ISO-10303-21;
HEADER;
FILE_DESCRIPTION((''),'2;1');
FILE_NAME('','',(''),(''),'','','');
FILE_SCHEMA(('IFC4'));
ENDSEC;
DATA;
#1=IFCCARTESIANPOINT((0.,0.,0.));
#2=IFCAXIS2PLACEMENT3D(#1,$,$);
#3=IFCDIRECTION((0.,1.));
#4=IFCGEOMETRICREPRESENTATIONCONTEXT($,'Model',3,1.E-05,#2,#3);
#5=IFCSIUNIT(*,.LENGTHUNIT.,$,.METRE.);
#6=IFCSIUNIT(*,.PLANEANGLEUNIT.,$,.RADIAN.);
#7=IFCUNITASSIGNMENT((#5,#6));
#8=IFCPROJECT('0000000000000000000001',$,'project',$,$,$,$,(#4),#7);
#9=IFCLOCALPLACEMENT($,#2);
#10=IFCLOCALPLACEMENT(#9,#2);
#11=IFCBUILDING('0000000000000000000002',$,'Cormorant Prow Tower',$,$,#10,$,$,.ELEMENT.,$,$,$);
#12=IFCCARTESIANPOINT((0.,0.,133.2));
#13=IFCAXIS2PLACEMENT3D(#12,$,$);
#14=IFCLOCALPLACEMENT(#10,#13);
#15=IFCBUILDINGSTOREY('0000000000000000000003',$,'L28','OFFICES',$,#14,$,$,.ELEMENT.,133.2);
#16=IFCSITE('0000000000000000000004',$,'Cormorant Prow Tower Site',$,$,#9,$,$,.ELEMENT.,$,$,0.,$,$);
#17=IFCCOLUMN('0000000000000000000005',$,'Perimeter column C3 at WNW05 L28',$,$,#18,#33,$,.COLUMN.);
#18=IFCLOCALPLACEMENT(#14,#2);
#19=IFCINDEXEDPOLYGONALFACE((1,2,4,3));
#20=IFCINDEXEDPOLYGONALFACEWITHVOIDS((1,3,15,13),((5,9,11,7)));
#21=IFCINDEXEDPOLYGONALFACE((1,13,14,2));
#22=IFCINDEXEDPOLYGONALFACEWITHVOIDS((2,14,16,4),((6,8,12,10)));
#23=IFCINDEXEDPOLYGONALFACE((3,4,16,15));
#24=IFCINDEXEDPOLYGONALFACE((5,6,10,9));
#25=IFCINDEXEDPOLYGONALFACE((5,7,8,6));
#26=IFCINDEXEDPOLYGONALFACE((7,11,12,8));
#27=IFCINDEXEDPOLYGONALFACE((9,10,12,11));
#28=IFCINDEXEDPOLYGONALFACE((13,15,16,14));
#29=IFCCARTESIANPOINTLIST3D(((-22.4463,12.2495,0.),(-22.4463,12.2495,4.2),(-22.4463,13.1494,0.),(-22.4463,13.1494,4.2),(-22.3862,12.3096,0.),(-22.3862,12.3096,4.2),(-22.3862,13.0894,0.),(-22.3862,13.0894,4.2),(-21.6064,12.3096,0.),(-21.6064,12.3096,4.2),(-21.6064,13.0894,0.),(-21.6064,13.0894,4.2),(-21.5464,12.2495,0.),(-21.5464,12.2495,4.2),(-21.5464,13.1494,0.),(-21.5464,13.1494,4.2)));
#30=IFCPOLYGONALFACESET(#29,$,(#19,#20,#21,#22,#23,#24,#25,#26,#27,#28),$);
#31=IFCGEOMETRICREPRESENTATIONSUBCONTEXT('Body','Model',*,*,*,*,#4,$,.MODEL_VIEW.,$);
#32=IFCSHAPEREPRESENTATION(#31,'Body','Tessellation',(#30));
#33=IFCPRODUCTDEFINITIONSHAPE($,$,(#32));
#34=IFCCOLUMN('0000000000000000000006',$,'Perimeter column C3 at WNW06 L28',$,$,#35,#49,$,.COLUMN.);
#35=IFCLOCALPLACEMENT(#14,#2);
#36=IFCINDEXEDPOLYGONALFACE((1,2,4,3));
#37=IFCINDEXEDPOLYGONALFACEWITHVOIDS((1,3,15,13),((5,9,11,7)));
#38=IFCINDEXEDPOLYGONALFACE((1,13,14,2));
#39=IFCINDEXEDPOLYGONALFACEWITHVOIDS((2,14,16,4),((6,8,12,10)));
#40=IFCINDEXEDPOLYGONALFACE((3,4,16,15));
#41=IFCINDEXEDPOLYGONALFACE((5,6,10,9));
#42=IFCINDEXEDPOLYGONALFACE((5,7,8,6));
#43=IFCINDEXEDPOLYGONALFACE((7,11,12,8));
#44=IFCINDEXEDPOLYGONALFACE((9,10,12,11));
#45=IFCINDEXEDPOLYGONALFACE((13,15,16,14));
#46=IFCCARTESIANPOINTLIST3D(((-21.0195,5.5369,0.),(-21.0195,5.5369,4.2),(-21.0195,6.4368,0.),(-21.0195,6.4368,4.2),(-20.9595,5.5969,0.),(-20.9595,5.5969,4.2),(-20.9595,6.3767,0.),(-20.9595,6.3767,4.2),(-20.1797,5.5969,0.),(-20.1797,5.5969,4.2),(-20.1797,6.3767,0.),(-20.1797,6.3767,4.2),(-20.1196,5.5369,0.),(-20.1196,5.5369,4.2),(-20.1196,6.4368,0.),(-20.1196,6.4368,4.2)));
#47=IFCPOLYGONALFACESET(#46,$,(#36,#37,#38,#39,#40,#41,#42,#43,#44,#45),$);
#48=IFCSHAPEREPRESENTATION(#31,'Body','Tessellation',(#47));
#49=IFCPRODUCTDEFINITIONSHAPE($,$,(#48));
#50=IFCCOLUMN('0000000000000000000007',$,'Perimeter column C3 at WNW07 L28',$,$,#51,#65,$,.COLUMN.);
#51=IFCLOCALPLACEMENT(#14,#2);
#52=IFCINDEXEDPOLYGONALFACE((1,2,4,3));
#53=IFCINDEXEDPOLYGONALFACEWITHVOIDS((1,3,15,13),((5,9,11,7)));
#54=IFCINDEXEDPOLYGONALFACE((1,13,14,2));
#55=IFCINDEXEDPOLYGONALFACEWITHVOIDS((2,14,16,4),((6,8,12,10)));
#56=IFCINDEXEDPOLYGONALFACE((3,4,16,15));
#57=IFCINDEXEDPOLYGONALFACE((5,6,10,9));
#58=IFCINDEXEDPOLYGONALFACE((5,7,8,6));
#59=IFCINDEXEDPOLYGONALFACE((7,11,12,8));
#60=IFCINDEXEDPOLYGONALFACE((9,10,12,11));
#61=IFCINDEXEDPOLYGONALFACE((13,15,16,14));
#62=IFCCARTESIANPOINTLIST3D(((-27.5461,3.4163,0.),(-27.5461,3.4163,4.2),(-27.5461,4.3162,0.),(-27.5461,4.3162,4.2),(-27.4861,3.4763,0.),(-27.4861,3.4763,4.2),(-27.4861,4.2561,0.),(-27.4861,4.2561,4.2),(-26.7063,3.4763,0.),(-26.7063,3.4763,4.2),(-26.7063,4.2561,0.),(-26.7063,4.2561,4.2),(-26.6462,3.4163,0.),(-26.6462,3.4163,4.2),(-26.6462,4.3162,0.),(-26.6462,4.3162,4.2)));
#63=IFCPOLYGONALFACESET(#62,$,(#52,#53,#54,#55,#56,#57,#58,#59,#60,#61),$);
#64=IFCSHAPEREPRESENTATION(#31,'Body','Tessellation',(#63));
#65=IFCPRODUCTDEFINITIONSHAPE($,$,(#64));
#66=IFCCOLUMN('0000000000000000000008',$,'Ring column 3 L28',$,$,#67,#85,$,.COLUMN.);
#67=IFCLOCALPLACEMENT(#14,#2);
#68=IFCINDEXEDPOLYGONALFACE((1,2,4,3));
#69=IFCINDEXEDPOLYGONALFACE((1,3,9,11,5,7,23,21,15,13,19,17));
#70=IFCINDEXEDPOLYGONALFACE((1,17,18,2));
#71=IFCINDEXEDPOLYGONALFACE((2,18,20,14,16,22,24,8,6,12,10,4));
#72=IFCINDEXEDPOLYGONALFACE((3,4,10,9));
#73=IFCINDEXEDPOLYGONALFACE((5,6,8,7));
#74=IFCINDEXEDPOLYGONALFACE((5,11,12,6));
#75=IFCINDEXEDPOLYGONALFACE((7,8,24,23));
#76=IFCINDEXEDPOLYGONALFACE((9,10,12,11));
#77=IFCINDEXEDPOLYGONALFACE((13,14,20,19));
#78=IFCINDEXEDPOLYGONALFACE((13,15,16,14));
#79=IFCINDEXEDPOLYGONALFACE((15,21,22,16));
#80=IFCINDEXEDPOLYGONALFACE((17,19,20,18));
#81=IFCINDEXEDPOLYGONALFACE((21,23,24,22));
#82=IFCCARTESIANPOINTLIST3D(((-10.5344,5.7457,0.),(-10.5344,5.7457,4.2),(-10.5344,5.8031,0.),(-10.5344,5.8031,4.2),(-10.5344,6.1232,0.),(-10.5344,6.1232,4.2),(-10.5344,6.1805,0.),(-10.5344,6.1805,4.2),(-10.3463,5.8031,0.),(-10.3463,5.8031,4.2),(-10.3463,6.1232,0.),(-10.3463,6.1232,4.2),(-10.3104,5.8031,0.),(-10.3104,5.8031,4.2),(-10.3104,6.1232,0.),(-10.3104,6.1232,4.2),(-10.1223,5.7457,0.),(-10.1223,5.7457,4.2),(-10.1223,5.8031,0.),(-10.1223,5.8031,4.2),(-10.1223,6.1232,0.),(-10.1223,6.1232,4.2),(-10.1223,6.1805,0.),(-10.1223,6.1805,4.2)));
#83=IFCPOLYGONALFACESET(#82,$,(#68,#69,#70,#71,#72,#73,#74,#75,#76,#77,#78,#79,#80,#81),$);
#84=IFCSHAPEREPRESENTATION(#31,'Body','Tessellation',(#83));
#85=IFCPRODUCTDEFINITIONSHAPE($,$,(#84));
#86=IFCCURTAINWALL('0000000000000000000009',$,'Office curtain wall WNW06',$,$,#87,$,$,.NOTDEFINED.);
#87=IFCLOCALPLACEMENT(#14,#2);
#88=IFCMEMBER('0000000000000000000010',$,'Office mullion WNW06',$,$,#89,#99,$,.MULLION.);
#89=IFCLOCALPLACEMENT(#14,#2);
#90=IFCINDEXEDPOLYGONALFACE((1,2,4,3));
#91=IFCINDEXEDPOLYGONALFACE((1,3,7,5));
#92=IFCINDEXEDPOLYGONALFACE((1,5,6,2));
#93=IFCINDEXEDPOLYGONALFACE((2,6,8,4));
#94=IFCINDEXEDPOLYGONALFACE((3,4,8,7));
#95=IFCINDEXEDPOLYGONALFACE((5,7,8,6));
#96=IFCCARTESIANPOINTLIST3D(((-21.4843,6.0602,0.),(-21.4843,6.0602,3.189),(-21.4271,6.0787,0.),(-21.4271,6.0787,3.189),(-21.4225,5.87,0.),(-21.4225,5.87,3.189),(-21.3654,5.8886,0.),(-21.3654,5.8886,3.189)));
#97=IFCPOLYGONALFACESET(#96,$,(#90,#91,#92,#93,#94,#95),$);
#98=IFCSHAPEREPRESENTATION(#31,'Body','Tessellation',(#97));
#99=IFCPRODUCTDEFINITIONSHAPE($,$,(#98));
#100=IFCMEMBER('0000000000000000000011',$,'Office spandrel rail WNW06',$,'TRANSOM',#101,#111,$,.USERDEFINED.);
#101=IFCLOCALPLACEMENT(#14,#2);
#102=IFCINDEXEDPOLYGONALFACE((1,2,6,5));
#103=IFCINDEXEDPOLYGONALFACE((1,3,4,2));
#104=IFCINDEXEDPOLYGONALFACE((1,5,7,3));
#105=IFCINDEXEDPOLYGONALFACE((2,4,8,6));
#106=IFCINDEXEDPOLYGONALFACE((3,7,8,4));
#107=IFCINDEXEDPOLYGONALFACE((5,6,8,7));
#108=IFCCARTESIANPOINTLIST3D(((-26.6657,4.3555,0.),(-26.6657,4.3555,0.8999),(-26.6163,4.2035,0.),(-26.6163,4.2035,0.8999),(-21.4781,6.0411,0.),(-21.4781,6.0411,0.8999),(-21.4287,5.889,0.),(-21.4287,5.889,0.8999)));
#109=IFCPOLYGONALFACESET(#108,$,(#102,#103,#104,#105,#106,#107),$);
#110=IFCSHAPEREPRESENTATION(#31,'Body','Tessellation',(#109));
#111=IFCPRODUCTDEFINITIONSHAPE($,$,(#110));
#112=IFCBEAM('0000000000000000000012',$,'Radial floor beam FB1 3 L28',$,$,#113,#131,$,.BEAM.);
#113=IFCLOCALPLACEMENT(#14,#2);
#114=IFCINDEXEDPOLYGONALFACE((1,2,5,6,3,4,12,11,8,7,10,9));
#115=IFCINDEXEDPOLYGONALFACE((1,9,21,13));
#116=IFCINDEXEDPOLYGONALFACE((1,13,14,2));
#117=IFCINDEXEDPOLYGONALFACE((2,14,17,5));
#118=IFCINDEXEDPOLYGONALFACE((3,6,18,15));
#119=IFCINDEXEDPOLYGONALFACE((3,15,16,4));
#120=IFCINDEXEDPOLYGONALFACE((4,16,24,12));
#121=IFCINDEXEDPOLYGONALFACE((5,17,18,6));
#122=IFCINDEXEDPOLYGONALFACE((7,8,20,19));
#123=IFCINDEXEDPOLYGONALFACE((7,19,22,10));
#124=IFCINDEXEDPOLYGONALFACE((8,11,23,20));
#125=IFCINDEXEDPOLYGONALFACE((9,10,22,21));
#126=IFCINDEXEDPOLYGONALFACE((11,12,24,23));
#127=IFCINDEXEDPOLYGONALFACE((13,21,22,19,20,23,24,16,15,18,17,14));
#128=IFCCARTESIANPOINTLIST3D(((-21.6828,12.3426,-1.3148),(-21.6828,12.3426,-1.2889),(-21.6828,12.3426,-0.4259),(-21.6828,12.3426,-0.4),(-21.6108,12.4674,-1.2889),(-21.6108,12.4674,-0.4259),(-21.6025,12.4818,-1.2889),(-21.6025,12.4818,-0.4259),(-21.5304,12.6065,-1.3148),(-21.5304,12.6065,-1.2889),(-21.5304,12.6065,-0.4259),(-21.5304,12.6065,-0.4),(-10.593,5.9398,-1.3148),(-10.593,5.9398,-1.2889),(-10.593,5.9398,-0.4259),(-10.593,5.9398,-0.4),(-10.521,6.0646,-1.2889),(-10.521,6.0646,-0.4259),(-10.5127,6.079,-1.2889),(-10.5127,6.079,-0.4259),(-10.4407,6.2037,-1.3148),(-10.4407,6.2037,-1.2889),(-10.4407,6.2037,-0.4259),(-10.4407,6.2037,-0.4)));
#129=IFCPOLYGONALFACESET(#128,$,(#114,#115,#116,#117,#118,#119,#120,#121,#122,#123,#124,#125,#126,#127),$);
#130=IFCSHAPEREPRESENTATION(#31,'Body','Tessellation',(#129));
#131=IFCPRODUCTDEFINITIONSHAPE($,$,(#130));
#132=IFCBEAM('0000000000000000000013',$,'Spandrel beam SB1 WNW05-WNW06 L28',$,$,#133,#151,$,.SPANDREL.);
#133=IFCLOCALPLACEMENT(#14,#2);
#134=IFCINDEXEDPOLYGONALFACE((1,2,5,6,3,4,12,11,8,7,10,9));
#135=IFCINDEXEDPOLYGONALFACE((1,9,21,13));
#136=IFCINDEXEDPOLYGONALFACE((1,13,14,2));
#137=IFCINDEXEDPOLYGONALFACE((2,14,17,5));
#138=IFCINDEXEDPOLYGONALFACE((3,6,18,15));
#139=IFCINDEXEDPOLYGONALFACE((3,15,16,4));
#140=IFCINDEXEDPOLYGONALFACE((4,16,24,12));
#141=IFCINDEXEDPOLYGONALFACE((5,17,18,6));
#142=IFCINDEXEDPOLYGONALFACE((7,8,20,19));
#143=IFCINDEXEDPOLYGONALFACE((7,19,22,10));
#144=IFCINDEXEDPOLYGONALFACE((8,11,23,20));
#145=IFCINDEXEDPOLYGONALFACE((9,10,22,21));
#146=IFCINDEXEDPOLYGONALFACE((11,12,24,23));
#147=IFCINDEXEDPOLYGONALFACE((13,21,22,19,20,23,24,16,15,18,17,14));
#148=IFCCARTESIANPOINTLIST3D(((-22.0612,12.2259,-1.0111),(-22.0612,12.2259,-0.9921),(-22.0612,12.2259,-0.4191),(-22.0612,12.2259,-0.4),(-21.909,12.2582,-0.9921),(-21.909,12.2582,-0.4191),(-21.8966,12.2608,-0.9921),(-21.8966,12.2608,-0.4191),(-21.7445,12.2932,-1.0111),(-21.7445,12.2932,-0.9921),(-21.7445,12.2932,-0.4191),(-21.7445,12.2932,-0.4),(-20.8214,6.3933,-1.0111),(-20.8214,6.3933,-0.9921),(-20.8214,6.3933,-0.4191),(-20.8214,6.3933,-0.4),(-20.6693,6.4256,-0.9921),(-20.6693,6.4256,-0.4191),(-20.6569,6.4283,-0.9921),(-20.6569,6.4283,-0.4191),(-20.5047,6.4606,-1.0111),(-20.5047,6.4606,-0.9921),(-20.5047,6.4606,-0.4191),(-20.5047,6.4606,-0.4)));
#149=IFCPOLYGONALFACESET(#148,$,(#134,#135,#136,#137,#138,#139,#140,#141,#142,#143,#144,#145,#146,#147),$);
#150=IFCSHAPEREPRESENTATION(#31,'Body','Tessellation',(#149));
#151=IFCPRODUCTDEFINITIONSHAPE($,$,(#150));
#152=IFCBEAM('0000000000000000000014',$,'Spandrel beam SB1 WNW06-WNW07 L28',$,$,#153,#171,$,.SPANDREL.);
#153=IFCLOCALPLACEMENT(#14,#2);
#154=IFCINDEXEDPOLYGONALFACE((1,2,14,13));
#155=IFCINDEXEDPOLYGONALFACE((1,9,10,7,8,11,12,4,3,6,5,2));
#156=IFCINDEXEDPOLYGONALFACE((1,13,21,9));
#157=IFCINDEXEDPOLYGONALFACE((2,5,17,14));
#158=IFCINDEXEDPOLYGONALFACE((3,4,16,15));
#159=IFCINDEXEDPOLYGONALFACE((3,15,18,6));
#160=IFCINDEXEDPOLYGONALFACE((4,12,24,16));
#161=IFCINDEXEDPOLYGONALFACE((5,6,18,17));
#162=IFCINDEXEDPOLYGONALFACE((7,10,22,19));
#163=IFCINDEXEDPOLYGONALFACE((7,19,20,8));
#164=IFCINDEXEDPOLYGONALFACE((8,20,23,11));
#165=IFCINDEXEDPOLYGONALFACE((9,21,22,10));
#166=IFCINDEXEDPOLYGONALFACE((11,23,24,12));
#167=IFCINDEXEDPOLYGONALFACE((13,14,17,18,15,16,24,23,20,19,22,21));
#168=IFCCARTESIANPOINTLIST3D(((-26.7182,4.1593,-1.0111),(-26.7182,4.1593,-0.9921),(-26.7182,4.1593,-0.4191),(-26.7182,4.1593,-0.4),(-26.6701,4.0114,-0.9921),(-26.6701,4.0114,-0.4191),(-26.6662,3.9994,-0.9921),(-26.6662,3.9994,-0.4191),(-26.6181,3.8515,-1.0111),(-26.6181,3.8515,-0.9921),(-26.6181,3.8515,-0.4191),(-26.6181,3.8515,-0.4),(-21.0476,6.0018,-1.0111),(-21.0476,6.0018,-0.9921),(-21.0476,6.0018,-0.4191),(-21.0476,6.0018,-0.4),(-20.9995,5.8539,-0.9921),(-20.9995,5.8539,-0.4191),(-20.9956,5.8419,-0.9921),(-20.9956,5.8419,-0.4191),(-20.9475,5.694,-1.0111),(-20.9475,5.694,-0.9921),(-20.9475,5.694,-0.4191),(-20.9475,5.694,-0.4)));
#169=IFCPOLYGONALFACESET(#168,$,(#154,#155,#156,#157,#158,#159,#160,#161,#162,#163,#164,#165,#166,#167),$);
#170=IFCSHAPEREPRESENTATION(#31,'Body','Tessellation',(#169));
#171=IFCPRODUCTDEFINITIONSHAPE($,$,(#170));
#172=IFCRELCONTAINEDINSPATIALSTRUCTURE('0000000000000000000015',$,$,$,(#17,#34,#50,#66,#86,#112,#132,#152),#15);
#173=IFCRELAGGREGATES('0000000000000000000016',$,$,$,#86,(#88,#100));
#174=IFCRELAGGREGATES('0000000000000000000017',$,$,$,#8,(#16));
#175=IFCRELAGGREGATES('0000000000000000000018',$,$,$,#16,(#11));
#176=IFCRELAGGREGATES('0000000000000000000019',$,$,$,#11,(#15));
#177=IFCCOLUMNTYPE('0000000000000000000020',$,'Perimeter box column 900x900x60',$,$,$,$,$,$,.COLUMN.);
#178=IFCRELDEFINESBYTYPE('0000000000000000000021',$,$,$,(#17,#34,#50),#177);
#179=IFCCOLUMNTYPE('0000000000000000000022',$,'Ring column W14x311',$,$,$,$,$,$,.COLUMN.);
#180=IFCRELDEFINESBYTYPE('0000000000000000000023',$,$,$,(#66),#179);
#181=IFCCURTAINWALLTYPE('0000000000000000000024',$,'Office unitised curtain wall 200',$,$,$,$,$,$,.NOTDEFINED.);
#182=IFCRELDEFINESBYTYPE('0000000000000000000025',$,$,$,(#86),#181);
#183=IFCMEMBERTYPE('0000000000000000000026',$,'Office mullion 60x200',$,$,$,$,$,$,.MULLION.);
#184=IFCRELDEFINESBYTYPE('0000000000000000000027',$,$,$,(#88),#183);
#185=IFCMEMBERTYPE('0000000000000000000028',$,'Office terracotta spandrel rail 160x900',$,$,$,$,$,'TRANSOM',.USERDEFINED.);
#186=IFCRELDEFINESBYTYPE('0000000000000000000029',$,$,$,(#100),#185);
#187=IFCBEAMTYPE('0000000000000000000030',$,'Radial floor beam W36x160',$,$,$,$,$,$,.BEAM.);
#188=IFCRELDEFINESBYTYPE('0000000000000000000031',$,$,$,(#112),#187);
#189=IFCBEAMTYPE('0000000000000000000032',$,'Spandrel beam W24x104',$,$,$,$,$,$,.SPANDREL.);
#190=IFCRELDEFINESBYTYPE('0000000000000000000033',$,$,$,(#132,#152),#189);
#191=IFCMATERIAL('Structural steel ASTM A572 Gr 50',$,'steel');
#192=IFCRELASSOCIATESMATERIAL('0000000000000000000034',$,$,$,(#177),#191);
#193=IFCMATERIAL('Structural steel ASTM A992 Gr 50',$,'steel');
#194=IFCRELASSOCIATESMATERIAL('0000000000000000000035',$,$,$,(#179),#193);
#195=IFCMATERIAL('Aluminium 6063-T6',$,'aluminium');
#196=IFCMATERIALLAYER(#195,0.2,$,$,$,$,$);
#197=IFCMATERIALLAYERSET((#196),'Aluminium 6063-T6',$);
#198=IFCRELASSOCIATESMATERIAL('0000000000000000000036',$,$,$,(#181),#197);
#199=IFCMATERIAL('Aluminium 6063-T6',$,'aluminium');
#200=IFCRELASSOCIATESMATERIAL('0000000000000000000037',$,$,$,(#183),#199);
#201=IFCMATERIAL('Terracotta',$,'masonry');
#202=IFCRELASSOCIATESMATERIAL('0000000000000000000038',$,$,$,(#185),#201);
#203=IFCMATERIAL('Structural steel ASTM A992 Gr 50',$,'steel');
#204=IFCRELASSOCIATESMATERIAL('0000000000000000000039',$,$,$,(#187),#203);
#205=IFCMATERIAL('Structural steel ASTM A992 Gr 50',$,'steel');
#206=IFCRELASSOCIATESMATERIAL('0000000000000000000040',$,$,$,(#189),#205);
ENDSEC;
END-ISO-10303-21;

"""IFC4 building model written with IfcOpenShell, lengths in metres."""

from ifc_helpers import new_model, si_unit, direction, frame, origin, origin_2d, place, context, subcontext, project, spatial, rectangle, hollow_rectangle, i_section, extrude, material, layer, layer_set, material_profile, profile_set, type_object, element, aggregate, save


model = new_model("IFC4")

# Units and contexts
model_context = context("Model", 3, precision=1e-05, world=origin(), true_north=direction((0.0, 1.0)))
body_context = subcontext(model_context, "Body", "Model", "MODEL_VIEW")
ifc_project = project(units=[si_unit("LENGTHUNIT", "METRE"), si_unit("PLANEANGLEUNIT", "RADIAN")], contexts=[model_context])

# Site, building, storey
site_placement = place(None, origin())
site = spatial("IfcSite", under=ifc_project, at=site_placement, Name="Cormorant Prow Tower Site", CompositionType="ELEMENT", RefElevation=0.0)
building_placement = place(site_placement, origin())
building = spatial("IfcBuilding", under=site, at=building_placement, Name="Cormorant Prow Tower", CompositionType="ELEMENT")
storey_placement = place(building_placement, frame((0.0, 0.0, 133.2)))
storey = spatial("IfcBuildingStorey", under=building, at=storey_placement, Name="L28", Description="OFFICES", CompositionType="ELEMENT", Elevation=133.2)

# Columns
ifc_material_1 = material(Name="Structural steel ASTM A572 Gr 50", Category="steel")
ifc_material_profile_1 = material_profile(ifc_material_1, hollow_rectangle(XDim=0.8999, YDim=0.8999, WallThickness=0.0601, at=origin_2d()), Name="Box 900x900x60")
ifc_profile_set_1 = profile_set([ifc_material_profile_1], Name="Structural steel ASTM A572 Gr 50")
column_type_1 = type_object("IfcColumnType", Name="Perimeter box column 900x900x60", PredefinedType="COLUMN", material=ifc_profile_set_1)
for number, where, z_axis, x_axis, name in (
    (1, (-21.9963, 12.6995, 0.0), (0.0, 0.0, 1.0), (1.0, 0.0, 0.0), "Perimeter column C3 at WNW05 L28"),
    (2, (-20.5696, 5.9868, 0.0), (0.0, 0.0, 1.0), (1.0, 0.0, 0.0), "Perimeter column C3 at WNW06 L28"),
    (3, (-27.0962, 3.8662, 0.0), (0.0, 0.0, 1.0), (1.0, 0.0, 0.0), "Perimeter column C3 at WNW07 L28"),
):
    element("IfcColumn", number, at=place(storey_placement, frame(where, z_axis=z_axis, x_axis=x_axis)), inside=storey, type_object=column_type_1, Name=name, PredefinedType="COLUMN", context=body_context, shape_type="SweptSolid", body=[
        extrude(hollow_rectangle(XDim=0.8999, YDim=0.8999, WallThickness=0.0601, at=origin_2d()), origin(), (0.0, 0.0, 1.0), 4.2),
    ])
ifc_material_2 = material(Name="Structural steel ASTM A992 Gr 50", Category="steel")
ifc_material_profile_2 = material_profile(ifc_material_2, i_section(OverallWidth=0.4121, OverallDepth=0.4348, WebThickness=0.0359, FlangeThickness=0.0574, at=origin_2d()), Name="W14x311")
ifc_profile_set_2 = profile_set([ifc_material_profile_2], Name="Structural steel ASTM A992 Gr 50")
column_type_2 = type_object("IfcColumnType", Name="Ring column W14x311", PredefinedType="COLUMN", material=ifc_profile_set_2)
column_placement = place(storey_placement, frame((-10.3284, 5.9631, 0.0), z_axis=(0.0, 0.0, 1.0), x_axis=(1.0, 0.0, 0.0)))
element("IfcColumn", 4, at=column_placement, inside=storey, type_object=column_type_2, Name="Ring column 3 L28", PredefinedType="COLUMN", context=body_context, shape_type="SweptSolid", body=[
    extrude(i_section(OverallWidth=0.4121, OverallDepth=0.4348, WebThickness=0.0359, FlangeThickness=0.0574, at=origin_2d()), origin(), (0.0, 0.0, 1.0), 4.2),
])

# Curtain wall, members
ifc_material_3 = material(Name="Aluminium 6063-T6", Category="aluminium")
ifc_layer_1 = layer(ifc_material_3, 0.2)
ifc_layer_set_1 = layer_set([ifc_layer_1], Name="Aluminium 6063-T6")
curtain_wall_type = type_object("IfcCurtainWallType", Name="Office unitised curtain wall 200", PredefinedType="NOTDEFINED", material=ifc_layer_set_1)
curtain_wall_placement = place(storey_placement, origin())
curtain_wall = element("IfcCurtainWall", 5, at=curtain_wall_placement, inside=storey, type_object=curtain_wall_type, Name="Office curtain wall WNW06", PredefinedType="NOTDEFINED")
ifc_material_4 = material(Name="Aluminium 6063-T6", Category="aluminium")
ifc_material_profile_3 = material_profile(ifc_material_4, rectangle(XDim=0.2, YDim=0.0601, at=origin_2d()), Name="Office mullion 60x200")
ifc_profile_set_3 = profile_set([ifc_material_profile_3], Name="Aluminium 6063-T6")
member_type_1 = type_object("IfcMemberType", Name="Office mullion 60x200", PredefinedType="MULLION", material=ifc_profile_set_3)
member_1_placement = place(storey_placement, frame((-21.4248, 5.9744, 0.0), z_axis=(0.0, 0.0, 1.0), x_axis=(0.309017, -0.951056, 0.0)))
member_1 = element("IfcMember", 6, at=member_1_placement, type_object=member_type_1, Name="Office mullion WNW06", PredefinedType="MULLION", context=body_context, shape_type="SweptSolid", body=[
    extrude(rectangle(XDim=0.2, YDim=0.0601, at=origin_2d()), origin(), (0.0, 0.0, 1.0), 3.189),
])
ifc_material_5 = material(Name="Terracotta", Category="masonry")
ifc_material_profile_4 = material_profile(ifc_material_5, rectangle(XDim=0.1599, YDim=0.8999, at=origin_2d()), Name="Office terracotta spandrel rail 160x900")
ifc_profile_set_4 = profile_set([ifc_material_profile_4], Name="Terracotta")
member_type_2 = type_object("IfcMemberType", Name="Office terracotta spandrel rail 160x900", ElementType="TRANSOM", PredefinedType="USERDEFINED", material=ifc_profile_set_4)
member_2_placement = place(storey_placement, frame((-21.4534, 5.9651, 0.45), z_axis=(-0.951055, -0.309021, 0.0), x_axis=(0.309021, -0.951055, 0.0)))
member_2 = element("IfcMember", 7, at=member_2_placement, type_object=member_type_2, Name="Office spandrel rail WNW06", ObjectType="TRANSOM", PredefinedType="USERDEFINED", context=body_context, shape_type="SweptSolid", body=[
    extrude(rectangle(XDim=0.1599, YDim=0.8999, at=origin_2d()), origin(), (0.0, 0.0, 1.0), 5.4546),
])

# Beams
ifc_material_6 = material(Name="Structural steel ASTM A992 Gr 50", Category="steel")
ifc_material_profile_5 = material_profile(ifc_material_6, i_section(OverallWidth=0.3047, OverallDepth=0.9148, WebThickness=0.0166, FlangeThickness=0.0259, at=origin_2d()), Name="W36x160")
ifc_profile_set_5 = profile_set([ifc_material_profile_5], Name="Structural steel ASTM A992 Gr 50")
beam_type_1 = type_object("IfcBeamType", Name="Radial floor beam W36x160", PredefinedType="BEAM", material=ifc_profile_set_5)
beam_1_placement = place(storey_placement, frame((-10.5168, 6.0718, -0.8574), z_axis=(-0.866022, 0.500006, 0.0), x_axis=(-0.500006, -0.866022, 0.0)))
element("IfcBeam", 8, at=beam_1_placement, inside=storey, type_object=beam_type_1, Name="Radial floor beam FB1 3 L28", PredefinedType="BEAM", context=body_context, shape_type="SweptSolid", body=[
    extrude(i_section(OverallWidth=0.3047, OverallDepth=0.9148, WebThickness=0.0166, FlangeThickness=0.0259, at=origin_2d()), origin(), (0.0, 0.0, 1.0), 12.8054),
])
ifc_material_7 = material(Name="Structural steel ASTM A992 Gr 50", Category="steel")
ifc_material_profile_6 = material_profile(ifc_material_7, i_section(OverallWidth=0.3237, OverallDepth=0.6111, WebThickness=0.0127, FlangeThickness=0.019, at=origin_2d()), Name="W24x104")
ifc_profile_set_6 = profile_set([ifc_material_profile_6], Name="Structural steel ASTM A992 Gr 50")
beam_type_2 = type_object("IfcBeamType", Name="Spandrel beam W24x104", PredefinedType="SPANDREL", material=ifc_profile_set_6)
beam_2_placement = place(storey_placement, frame((-21.9028, 12.2595, -0.7056), z_axis=(0.207913, -0.978147, 0.0), x_axis=(0.978147, 0.207913, 0.0)))
element("IfcBeam", 9, at=beam_2_placement, inside=storey, type_object=beam_type_2, Name="Spandrel beam SB1 WNW05-WNW06 L28", PredefinedType="SPANDREL", context=body_context, shape_type="SweptSolid", body=[
    extrude(i_section(OverallWidth=0.3237, OverallDepth=0.6111, WebThickness=0.0127, FlangeThickness=0.019, at=origin_2d()), origin(), (0.0, 0.0, 1.0), 5.9629),
])
beam_3_placement = place(storey_placement, frame((-20.9976, 5.8479, -0.7056), z_axis=(-0.951055, -0.30902, 0.0), x_axis=(0.30902, -0.951055, 0.0)))
element("IfcBeam", 10, at=beam_3_placement, inside=storey, type_object=beam_type_2, Name="Spandrel beam SB1 WNW06-WNW07 L28", PredefinedType="SPANDREL", context=body_context, shape_type="SweptSolid", body=[
    extrude(i_section(OverallWidth=0.3237, OverallDepth=0.6111, WebThickness=0.0127, FlangeThickness=0.019, at=origin_2d()), origin(), (0.0, 0.0, 1.0), 5.9624),
])

aggregate(curtain_wall, [member_1, member_2])

save(model, "model.ifc")
